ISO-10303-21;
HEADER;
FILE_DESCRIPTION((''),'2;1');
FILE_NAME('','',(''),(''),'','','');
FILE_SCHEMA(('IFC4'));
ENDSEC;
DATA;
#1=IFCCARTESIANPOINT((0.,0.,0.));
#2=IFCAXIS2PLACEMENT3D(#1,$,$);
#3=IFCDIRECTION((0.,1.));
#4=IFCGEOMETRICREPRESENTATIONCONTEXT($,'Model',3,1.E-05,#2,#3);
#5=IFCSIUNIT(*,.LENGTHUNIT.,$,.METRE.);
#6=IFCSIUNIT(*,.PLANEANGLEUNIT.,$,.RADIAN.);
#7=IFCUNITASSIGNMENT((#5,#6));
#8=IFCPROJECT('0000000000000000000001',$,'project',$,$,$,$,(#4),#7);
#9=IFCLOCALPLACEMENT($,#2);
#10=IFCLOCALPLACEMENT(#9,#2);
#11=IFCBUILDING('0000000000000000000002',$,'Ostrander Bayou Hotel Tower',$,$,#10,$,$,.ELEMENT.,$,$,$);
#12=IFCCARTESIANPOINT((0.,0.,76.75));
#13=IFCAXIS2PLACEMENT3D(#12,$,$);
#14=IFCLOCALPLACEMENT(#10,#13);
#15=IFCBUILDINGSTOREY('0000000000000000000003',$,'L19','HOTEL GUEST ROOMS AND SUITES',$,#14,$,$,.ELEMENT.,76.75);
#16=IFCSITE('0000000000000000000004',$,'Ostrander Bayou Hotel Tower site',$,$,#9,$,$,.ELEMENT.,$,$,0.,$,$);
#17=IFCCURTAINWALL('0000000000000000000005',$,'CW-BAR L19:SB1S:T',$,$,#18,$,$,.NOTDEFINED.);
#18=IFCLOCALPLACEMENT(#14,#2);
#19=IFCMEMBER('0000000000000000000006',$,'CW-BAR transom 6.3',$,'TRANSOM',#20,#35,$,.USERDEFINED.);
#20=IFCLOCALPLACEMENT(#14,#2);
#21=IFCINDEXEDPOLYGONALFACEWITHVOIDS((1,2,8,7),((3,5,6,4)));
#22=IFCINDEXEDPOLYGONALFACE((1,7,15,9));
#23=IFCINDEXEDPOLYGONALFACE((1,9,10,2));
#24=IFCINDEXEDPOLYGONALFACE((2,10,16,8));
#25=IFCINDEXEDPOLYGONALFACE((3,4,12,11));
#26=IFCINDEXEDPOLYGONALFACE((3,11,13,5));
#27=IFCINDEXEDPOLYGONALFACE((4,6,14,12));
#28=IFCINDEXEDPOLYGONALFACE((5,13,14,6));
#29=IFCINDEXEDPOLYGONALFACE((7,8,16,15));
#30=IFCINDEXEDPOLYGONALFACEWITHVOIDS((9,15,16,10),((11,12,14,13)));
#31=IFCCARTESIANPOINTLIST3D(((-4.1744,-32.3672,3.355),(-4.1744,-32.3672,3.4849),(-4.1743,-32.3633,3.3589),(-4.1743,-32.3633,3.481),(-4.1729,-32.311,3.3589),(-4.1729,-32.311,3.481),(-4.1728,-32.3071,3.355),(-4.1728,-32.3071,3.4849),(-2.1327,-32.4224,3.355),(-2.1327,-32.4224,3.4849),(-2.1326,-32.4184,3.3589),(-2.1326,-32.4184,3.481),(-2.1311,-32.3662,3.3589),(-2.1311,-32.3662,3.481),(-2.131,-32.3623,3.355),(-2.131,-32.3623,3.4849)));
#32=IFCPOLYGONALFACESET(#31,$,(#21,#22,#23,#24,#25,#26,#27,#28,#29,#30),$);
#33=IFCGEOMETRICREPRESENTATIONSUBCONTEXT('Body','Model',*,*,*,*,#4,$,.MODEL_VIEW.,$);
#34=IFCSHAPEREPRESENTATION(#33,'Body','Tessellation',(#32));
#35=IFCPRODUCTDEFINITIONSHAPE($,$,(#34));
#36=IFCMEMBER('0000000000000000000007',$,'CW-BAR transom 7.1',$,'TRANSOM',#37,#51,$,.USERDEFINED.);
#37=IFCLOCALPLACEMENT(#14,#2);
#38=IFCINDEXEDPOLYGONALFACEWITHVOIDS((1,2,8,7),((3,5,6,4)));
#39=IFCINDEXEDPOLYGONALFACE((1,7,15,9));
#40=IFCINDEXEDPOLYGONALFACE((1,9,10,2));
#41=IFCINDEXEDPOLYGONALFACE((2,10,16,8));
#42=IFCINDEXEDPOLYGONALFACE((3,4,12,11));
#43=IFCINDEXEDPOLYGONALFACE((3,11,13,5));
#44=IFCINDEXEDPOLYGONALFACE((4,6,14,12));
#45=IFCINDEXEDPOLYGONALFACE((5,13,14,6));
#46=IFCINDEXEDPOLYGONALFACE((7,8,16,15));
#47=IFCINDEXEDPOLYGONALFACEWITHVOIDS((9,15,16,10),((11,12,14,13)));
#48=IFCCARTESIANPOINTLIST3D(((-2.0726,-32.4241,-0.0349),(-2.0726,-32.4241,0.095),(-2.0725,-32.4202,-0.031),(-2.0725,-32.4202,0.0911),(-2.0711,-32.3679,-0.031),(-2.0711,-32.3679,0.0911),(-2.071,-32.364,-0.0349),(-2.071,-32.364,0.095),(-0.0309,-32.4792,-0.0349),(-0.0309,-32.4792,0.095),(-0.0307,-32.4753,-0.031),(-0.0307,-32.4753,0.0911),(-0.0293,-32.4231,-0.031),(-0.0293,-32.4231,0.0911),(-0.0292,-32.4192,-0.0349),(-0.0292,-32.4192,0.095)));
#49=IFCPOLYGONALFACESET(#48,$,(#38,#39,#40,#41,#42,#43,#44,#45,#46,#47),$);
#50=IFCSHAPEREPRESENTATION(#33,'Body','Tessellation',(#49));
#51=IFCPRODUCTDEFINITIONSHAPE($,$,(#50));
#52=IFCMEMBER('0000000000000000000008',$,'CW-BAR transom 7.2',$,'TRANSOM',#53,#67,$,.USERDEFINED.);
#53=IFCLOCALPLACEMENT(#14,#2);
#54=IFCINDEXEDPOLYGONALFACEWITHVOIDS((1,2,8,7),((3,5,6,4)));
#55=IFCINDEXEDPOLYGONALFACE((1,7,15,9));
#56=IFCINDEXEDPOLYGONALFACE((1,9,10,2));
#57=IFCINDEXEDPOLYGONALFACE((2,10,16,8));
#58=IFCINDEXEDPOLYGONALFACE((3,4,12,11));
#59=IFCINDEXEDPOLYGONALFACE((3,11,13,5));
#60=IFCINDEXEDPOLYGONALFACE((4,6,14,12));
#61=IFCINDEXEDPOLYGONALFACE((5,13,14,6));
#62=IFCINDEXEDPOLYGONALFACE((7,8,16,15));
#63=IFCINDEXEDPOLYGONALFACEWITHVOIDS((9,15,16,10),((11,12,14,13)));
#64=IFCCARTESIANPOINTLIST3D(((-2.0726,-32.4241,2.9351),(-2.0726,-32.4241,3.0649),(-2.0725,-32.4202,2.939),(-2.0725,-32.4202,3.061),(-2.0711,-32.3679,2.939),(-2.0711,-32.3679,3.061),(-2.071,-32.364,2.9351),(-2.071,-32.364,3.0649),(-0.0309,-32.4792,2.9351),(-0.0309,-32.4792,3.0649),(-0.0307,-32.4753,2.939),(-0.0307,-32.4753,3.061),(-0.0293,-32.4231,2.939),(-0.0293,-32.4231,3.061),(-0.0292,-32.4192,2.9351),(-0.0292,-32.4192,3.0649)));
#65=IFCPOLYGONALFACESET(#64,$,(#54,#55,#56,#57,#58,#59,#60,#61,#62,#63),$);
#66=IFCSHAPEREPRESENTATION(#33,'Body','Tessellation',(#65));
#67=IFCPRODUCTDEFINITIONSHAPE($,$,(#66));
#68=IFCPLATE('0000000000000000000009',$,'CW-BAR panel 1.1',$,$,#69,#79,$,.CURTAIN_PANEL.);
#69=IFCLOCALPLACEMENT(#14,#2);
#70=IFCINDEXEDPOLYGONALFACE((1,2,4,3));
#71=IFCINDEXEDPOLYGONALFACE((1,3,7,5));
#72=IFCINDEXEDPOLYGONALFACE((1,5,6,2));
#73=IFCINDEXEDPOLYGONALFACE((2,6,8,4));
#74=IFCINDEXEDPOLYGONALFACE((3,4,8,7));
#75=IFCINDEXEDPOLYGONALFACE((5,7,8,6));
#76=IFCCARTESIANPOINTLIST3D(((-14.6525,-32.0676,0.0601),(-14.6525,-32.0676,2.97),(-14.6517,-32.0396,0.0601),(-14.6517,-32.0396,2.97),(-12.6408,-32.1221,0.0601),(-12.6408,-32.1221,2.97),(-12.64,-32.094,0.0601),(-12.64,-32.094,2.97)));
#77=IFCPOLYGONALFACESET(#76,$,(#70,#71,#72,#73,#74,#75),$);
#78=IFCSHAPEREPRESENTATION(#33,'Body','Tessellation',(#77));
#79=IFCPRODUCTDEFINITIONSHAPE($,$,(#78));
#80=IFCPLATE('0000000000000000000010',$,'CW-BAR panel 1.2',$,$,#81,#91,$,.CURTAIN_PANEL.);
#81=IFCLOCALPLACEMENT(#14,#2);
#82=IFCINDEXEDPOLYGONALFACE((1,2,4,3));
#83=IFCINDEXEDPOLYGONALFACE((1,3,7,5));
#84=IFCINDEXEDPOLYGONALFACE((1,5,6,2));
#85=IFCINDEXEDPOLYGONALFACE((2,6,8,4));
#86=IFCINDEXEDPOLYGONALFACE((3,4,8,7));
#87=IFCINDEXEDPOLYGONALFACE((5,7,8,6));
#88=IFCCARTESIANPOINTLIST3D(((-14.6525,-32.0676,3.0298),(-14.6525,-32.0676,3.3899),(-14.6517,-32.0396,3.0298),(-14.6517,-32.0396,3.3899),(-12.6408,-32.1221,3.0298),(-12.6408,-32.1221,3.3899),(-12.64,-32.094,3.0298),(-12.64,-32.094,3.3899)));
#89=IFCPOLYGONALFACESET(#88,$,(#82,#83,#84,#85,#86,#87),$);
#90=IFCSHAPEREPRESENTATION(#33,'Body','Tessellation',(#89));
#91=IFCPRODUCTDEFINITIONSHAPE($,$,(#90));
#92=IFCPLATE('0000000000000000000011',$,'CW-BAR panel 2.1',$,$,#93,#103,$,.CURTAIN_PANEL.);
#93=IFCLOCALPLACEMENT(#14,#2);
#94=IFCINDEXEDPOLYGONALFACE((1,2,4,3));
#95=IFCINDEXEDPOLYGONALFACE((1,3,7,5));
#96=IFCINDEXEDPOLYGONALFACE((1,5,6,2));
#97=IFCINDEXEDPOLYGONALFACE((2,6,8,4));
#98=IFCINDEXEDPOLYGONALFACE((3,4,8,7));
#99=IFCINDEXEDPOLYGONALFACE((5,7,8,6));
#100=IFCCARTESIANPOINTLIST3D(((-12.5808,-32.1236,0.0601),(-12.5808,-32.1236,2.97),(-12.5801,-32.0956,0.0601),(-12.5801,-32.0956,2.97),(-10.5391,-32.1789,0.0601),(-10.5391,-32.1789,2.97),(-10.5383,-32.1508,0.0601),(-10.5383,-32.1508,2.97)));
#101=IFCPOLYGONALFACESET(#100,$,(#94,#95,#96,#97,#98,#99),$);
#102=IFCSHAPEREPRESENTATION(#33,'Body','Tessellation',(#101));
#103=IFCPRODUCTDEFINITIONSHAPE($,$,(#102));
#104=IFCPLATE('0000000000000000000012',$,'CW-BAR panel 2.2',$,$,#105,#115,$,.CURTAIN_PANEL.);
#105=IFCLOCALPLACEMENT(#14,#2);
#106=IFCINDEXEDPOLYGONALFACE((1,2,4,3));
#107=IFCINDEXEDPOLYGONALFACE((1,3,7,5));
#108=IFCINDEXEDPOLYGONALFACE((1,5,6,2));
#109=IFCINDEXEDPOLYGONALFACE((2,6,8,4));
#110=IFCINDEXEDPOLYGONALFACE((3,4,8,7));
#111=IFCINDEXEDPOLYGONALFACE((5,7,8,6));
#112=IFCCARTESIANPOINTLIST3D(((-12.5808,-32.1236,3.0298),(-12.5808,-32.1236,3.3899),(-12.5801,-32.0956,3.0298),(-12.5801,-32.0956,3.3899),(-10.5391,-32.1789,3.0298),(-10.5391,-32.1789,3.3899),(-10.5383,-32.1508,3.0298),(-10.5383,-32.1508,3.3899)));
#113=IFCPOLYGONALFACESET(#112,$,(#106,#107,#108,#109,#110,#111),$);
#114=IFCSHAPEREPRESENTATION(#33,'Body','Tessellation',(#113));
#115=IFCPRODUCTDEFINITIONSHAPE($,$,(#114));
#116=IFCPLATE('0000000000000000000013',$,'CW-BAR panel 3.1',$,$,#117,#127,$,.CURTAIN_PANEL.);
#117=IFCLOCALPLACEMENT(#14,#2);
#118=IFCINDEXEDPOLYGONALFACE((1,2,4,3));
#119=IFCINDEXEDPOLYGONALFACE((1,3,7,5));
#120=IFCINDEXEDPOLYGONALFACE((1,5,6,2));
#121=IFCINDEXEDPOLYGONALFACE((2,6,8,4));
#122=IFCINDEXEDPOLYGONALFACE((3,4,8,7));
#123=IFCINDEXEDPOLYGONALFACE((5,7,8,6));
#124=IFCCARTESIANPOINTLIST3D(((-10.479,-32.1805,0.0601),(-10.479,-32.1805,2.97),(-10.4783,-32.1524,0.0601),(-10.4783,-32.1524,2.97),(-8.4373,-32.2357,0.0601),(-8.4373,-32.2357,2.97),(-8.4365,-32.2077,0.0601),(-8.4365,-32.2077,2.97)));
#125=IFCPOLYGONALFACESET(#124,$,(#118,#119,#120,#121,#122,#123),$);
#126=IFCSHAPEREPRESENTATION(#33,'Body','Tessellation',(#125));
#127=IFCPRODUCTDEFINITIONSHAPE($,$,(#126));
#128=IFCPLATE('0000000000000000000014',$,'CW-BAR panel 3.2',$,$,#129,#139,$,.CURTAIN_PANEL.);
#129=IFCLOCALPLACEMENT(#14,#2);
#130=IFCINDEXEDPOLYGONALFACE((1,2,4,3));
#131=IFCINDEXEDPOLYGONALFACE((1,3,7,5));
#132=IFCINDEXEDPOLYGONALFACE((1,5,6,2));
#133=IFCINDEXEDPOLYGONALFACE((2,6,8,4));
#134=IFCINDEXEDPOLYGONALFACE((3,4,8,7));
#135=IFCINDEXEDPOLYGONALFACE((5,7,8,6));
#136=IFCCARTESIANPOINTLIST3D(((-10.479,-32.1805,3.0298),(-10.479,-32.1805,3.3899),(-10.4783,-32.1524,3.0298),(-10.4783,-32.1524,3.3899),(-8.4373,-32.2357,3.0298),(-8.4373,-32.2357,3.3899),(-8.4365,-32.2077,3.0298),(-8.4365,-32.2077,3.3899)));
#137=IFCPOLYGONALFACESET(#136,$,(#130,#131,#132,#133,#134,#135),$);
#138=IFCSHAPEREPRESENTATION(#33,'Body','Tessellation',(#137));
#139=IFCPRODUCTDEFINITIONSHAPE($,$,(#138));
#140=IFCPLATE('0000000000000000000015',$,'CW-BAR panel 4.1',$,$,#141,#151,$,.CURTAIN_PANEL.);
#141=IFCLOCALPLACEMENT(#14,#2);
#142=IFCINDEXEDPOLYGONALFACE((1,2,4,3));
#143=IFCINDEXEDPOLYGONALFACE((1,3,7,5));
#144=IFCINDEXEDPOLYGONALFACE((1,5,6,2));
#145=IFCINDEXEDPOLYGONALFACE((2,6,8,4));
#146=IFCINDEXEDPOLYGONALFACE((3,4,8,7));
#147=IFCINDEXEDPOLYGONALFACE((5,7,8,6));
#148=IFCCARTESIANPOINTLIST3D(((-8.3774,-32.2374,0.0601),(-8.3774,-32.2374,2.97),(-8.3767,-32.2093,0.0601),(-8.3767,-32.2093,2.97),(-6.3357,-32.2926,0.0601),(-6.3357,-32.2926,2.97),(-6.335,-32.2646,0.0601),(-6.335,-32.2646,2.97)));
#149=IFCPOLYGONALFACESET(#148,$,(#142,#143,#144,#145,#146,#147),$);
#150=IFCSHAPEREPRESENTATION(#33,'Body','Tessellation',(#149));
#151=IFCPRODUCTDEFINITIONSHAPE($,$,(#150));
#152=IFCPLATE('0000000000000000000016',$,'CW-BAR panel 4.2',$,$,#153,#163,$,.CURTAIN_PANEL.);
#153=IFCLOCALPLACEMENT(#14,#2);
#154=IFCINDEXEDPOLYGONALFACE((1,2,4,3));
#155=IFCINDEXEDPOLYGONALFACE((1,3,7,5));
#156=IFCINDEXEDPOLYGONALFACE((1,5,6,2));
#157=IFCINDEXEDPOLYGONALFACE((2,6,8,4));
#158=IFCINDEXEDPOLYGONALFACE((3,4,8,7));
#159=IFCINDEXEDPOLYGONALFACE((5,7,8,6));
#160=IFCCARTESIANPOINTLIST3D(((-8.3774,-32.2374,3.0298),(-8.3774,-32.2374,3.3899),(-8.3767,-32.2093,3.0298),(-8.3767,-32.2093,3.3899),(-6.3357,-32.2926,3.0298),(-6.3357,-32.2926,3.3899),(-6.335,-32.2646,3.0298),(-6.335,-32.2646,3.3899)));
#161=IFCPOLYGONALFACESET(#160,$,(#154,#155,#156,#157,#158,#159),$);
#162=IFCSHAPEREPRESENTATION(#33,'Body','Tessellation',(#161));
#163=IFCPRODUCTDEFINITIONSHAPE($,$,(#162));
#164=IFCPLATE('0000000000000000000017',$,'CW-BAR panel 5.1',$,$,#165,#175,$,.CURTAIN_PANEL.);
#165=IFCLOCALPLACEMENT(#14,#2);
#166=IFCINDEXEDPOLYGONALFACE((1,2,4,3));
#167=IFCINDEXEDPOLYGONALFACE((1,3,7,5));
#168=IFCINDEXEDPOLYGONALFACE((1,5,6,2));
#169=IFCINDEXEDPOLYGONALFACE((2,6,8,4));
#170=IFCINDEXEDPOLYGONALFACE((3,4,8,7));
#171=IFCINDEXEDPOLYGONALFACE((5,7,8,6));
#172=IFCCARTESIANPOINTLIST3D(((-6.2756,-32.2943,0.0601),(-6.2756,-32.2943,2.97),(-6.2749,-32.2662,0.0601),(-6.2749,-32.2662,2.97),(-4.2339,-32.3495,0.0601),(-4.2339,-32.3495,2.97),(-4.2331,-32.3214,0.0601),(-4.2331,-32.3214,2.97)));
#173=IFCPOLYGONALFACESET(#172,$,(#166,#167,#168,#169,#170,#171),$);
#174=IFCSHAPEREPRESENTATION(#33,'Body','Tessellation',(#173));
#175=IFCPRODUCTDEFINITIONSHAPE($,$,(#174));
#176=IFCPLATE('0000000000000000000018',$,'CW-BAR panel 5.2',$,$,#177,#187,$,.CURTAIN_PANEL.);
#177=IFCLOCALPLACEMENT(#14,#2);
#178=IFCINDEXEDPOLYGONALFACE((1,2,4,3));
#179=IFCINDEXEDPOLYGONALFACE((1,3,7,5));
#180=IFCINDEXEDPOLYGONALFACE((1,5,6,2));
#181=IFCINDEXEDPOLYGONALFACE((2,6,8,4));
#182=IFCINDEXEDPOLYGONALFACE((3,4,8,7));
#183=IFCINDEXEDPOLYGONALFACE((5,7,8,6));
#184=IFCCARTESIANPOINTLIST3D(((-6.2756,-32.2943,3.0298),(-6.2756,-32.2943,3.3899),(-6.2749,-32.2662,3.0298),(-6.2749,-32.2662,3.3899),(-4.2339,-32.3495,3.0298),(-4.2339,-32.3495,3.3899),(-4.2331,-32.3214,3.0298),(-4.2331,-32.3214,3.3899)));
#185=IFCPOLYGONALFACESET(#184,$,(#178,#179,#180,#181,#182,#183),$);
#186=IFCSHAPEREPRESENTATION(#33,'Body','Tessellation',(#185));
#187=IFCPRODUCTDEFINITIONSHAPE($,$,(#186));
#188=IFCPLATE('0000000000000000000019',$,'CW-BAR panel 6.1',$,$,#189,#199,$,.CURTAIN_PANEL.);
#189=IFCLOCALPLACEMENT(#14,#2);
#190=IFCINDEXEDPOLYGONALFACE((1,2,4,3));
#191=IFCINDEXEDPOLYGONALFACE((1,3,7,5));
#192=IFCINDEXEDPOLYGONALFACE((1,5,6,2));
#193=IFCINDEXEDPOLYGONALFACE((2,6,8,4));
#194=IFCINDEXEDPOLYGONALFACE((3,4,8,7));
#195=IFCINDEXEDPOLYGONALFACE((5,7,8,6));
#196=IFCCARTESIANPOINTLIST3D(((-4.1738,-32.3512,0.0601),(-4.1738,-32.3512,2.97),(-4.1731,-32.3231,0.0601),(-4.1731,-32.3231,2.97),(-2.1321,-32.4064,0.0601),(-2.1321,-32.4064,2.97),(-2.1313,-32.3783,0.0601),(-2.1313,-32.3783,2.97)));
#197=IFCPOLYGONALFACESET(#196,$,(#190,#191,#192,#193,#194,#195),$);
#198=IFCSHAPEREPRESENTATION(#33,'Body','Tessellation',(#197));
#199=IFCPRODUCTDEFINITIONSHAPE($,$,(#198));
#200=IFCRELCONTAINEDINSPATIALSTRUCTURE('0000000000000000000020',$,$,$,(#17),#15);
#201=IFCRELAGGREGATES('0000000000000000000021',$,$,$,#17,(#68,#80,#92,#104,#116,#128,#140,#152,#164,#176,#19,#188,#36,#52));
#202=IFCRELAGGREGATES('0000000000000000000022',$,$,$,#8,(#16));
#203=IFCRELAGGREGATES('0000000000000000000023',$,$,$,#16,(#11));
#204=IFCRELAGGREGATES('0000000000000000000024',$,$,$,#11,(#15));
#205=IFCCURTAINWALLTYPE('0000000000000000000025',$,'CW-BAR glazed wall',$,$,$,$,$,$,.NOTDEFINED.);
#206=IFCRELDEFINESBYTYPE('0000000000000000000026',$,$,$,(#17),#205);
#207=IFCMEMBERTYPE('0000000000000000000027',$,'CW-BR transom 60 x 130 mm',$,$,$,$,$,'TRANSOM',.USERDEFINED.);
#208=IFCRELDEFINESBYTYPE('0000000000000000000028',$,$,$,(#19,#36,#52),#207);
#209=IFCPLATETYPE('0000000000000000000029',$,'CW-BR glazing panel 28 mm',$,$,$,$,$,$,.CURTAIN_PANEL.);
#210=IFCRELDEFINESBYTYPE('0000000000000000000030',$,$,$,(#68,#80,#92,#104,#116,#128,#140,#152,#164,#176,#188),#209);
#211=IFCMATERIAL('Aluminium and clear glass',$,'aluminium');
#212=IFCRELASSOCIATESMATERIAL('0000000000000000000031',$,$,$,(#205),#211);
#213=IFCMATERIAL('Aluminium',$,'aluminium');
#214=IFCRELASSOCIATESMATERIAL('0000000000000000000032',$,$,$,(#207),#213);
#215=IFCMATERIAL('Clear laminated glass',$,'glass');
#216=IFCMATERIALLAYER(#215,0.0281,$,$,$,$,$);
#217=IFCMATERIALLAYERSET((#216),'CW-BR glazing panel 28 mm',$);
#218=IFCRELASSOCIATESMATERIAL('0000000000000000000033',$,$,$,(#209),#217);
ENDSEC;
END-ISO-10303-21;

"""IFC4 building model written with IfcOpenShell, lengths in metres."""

from ifc_helpers import new_model, si_unit, direction, frame, origin, origin_2d, place, context, subcontext, project, spatial, rectangle, hollow_rectangle, extrude, material, layer, layer_set, material_profile, profile_set, type_object, element, aggregate, save


model = new_model("IFC4")

# Units and contexts
model_context = context("Model", 3, precision=1e-05, world=origin(), true_north=direction((0.0, 1.0)))
body_context = subcontext(model_context, "Body", "Model", "MODEL_VIEW")
ifc_project = project(units=[si_unit("LENGTHUNIT", "METRE"), si_unit("PLANEANGLEUNIT", "RADIAN")], contexts=[model_context])

# Site, building, storey
site_placement = place(None, origin())
site = spatial("IfcSite", under=ifc_project, at=site_placement, Name="Ostrander Bayou Hotel Tower site", CompositionType="ELEMENT", RefElevation=0.0)
building_placement = place(site_placement, origin())
building = spatial("IfcBuilding", under=site, at=building_placement, Name="Ostrander Bayou Hotel Tower", CompositionType="ELEMENT")
storey_placement = place(building_placement, frame((0.0, 0.0, 76.75)))
storey = spatial("IfcBuildingStorey", under=building, at=storey_placement, Name="L19", Description="HOTEL GUEST ROOMS AND SUITES", CompositionType="ELEMENT", Elevation=76.75)

# Curtain wall, members, plates
ifc_material_1 = material(Name="Aluminium and clear glass", Category="aluminium")
curtain_wall_type = type_object("IfcCurtainWallType", Name="CW-BAR glazed wall", PredefinedType="NOTDEFINED", material=ifc_material_1)
curtain_wall_placement = place(storey_placement, origin())
curtain_wall = element("IfcCurtainWall", 1, at=curtain_wall_placement, inside=storey, type_object=curtain_wall_type, Name="CW-BAR L19:SB1S:T", PredefinedType="NOTDEFINED")
ifc_material_2 = material(Name="Aluminium", Category="aluminium")
ifc_material_profile_1 = material_profile(ifc_material_2, hollow_rectangle(XDim=0.0601, YDim=0.1299, WallThickness=0.0039, at=origin_2d()))
ifc_profile_set_1 = profile_set([ifc_material_profile_1], Name="Aluminium")
member_type_1 = type_object("IfcMemberType", Name="CW-BR transom 60 x 130 mm", ElementType="TRANSOM", PredefinedType="USERDEFINED", material=ifc_profile_set_1)
member_1_placement = place(storey_placement, frame((-4.1736, -32.3372, 3.4199), z_axis=(0.999635, -0.027014, 0.0), x_axis=(0.027014, 0.999635, 0.0)))
member_1 = element("IfcMember", 2, at=member_1_placement, type_object=member_type_1, Name="CW-BAR transom 6.3", ObjectType="TRANSOM", PredefinedType="USERDEFINED", context=body_context, shape_type="SweptSolid", body=[
    extrude(hollow_rectangle(XDim=0.0601, YDim=0.1299, WallThickness=0.0039, at=origin_2d()), origin(), (0.0, 0.0, 1.0), 2.0425),
])
member_2_placement = place(storey_placement, frame((-2.0718, -32.394, 0.03), z_axis=(0.999635, -0.027014, 0.0), x_axis=(0.027014, 0.999635, 0.0)))
member_2 = element("IfcMember", 3, at=member_2_placement, type_object=member_type_1, Name="CW-BAR transom 7.1", ObjectType="TRANSOM", PredefinedType="USERDEFINED", context=body_context, shape_type="SweptSolid", body=[
    extrude(hollow_rectangle(XDim=0.0601, YDim=0.1299, WallThickness=0.0039, at=origin_2d()), origin(), (0.0, 0.0, 1.0), 2.0425),
])
member_3_placement = place(storey_placement, frame((-2.0718, -32.394, 3.0), z_axis=(0.999635, -0.027014, 0.0), x_axis=(0.027014, 0.999635, 0.0)))
member_3 = element("IfcMember", 4, at=member_3_placement, type_object=member_type_1, Name="CW-BAR transom 7.2", ObjectType="TRANSOM", PredefinedType="USERDEFINED", context=body_context, shape_type="SweptSolid", body=[
    extrude(hollow_rectangle(XDim=0.0601, YDim=0.1299, WallThickness=0.0039, at=origin_2d()), origin(), (0.0, 0.0, 1.0), 2.0425),
])
ifc_material_3 = material(Name="Clear laminated glass", Category="glass")
ifc_layer_1 = layer(ifc_material_3, 0.0281)
ifc_layer_set_1 = layer_set([ifc_layer_1], Name="CW-BR glazing panel 28 mm")
plate_type = type_object("IfcPlateType", Name="CW-BR glazing panel 28 mm", PredefinedType="CURTAIN_PANEL", material=ifc_layer_set_1)
plate_1_placement = place(storey_placement, frame((-13.6462, -32.0808, 0.0601), z_axis=(0.0, 0.0, 1.0), x_axis=(0.999634, -0.027042, 0.0)))
plate_1 = element("IfcPlate", 5, at=plate_1_placement, type_object=plate_type, Name="CW-BAR panel 1.1", PredefinedType="CURTAIN_PANEL", context=body_context, shape_type="SweptSolid", body=[
    extrude(rectangle(XDim=2.0125, YDim=0.0281, at=origin_2d()), origin(), (0.0, 0.0, 1.0), 2.9099),
])
plate_2_placement = place(storey_placement, frame((-13.6462, -32.0808, 3.0298), z_axis=(0.0, 0.0, 1.0), x_axis=(0.999634, -0.027042, 0.0)))
plate_2 = element("IfcPlate", 6, at=plate_2_placement, type_object=plate_type, Name="CW-BAR panel 1.2", PredefinedType="CURTAIN_PANEL", context=body_context, shape_type="SweptSolid", body=[
    extrude(rectangle(XDim=2.0125, YDim=0.0281, at=origin_2d()), origin(), (0.0, 0.0, 1.0), 0.3601),
])
plate_3_placement = place(storey_placement, frame((-11.5596, -32.1372, 0.0601), z_axis=(0.0, 0.0, 1.0), x_axis=(0.999634, -0.027042, 0.0)))
plate_3 = element("IfcPlate", 7, at=plate_3_placement, type_object=plate_type, Name="CW-BAR panel 2.1", PredefinedType="CURTAIN_PANEL", context=body_context, shape_type="SweptSolid", body=[
    extrude(rectangle(XDim=2.0425, YDim=0.0281, at=origin_2d()), origin(), (0.0, 0.0, 1.0), 2.9099),
])
plate_4_placement = place(storey_placement, frame((-11.5596, -32.1372, 3.0298), z_axis=(0.0, 0.0, 1.0), x_axis=(0.999634, -0.027042, 0.0)))
plate_4 = element("IfcPlate", 8, at=plate_4_placement, type_object=plate_type, Name="CW-BAR panel 2.2", PredefinedType="CURTAIN_PANEL", context=body_context, shape_type="SweptSolid", body=[
    extrude(rectangle(XDim=2.0425, YDim=0.0281, at=origin_2d()), origin(), (0.0, 0.0, 1.0), 0.3601),
])
plate_5_placement = place(storey_placement, frame((-9.4578, -32.1941, 0.0601), z_axis=(0.0, 0.0, 1.0), x_axis=(0.999634, -0.027042, 0.0)))
plate_5 = element("IfcPlate", 9, at=plate_5_placement, type_object=plate_type, Name="CW-BAR panel 3.1", PredefinedType="CURTAIN_PANEL", context=body_context, shape_type="SweptSolid", body=[
    extrude(rectangle(XDim=2.0425, YDim=0.0281, at=origin_2d()), origin(), (0.0, 0.0, 1.0), 2.9099),
])
plate_6_placement = place(storey_placement, frame((-9.4578, -32.1941, 3.0298), z_axis=(0.0, 0.0, 1.0), x_axis=(0.999634, -0.027042, 0.0)))
plate_6 = element("IfcPlate", 10, at=plate_6_placement, type_object=plate_type, Name="CW-BAR panel 3.2", PredefinedType="CURTAIN_PANEL", context=body_context, shape_type="SweptSolid", body=[
    extrude(rectangle(XDim=2.0425, YDim=0.0281, at=origin_2d()), origin(), (0.0, 0.0, 1.0), 0.3601),
])
plate_7_placement = place(storey_placement, frame((-7.3562, -32.251, 0.0601), z_axis=(0.0, 0.0, 1.0), x_axis=(0.999634, -0.027042, 0.0)))
plate_7 = element("IfcPlate", 11, at=plate_7_placement, type_object=plate_type, Name="CW-BAR panel 4.1", PredefinedType="CURTAIN_PANEL", context=body_context, shape_type="SweptSolid", body=[
    extrude(rectangle(XDim=2.0425, YDim=0.0281, at=origin_2d()), origin(), (0.0, 0.0, 1.0), 2.9099),
])
plate_8_placement = place(storey_placement, frame((-7.3562, -32.251, 3.0298), z_axis=(0.0, 0.0, 1.0), x_axis=(0.999634, -0.027042, 0.0)))
plate_8 = element("IfcPlate", 12, at=plate_8_placement, type_object=plate_type, Name="CW-BAR panel 4.2", PredefinedType="CURTAIN_PANEL", context=body_context, shape_type="SweptSolid", body=[
    extrude(rectangle(XDim=2.0425, YDim=0.0281, at=origin_2d()), origin(), (0.0, 0.0, 1.0), 0.3601),
])
plate_9_placement = place(storey_placement, frame((-5.2544, -32.3079, 0.0601), z_axis=(0.0, 0.0, 1.0), x_axis=(0.999634, -0.027042, 0.0)))
plate_9 = element("IfcPlate", 13, at=plate_9_placement, type_object=plate_type, Name="CW-BAR panel 5.1", PredefinedType="CURTAIN_PANEL", context=body_context, shape_type="SweptSolid", body=[
    extrude(rectangle(XDim=2.0425, YDim=0.0281, at=origin_2d()), origin(), (0.0, 0.0, 1.0), 2.9099),
])
plate_10_placement = place(storey_placement, frame((-5.2544, -32.3079, 3.0298), z_axis=(0.0, 0.0, 1.0), x_axis=(0.999634, -0.027042, 0.0)))
plate_10 = element("IfcPlate", 14, at=plate_10_placement, type_object=plate_type, Name="CW-BAR panel 5.2", PredefinedType="CURTAIN_PANEL", context=body_context, shape_type="SweptSolid", body=[
    extrude(rectangle(XDim=2.0425, YDim=0.0281, at=origin_2d()), origin(), (0.0, 0.0, 1.0), 0.3601),
])
plate_11_placement = place(storey_placement, frame((-3.1526, -32.3647, 0.0601), z_axis=(0.0, 0.0, 1.0), x_axis=(0.999634, -0.027042, 0.0)))
plate_11 = element("IfcPlate", 15, at=plate_11_placement, type_object=plate_type, Name="CW-BAR panel 6.1", PredefinedType="CURTAIN_PANEL", context=body_context, shape_type="SweptSolid", body=[
    extrude(rectangle(XDim=2.0425, YDim=0.0281, at=origin_2d()), origin(), (0.0, 0.0, 1.0), 2.9099),
])
aggregate(curtain_wall, [plate_1, plate_2, plate_3, plate_4, plate_5, plate_6, plate_7, plate_8, plate_9, plate_10, member_1, plate_11, member_2, member_3])

save(model, "model.ifc")
